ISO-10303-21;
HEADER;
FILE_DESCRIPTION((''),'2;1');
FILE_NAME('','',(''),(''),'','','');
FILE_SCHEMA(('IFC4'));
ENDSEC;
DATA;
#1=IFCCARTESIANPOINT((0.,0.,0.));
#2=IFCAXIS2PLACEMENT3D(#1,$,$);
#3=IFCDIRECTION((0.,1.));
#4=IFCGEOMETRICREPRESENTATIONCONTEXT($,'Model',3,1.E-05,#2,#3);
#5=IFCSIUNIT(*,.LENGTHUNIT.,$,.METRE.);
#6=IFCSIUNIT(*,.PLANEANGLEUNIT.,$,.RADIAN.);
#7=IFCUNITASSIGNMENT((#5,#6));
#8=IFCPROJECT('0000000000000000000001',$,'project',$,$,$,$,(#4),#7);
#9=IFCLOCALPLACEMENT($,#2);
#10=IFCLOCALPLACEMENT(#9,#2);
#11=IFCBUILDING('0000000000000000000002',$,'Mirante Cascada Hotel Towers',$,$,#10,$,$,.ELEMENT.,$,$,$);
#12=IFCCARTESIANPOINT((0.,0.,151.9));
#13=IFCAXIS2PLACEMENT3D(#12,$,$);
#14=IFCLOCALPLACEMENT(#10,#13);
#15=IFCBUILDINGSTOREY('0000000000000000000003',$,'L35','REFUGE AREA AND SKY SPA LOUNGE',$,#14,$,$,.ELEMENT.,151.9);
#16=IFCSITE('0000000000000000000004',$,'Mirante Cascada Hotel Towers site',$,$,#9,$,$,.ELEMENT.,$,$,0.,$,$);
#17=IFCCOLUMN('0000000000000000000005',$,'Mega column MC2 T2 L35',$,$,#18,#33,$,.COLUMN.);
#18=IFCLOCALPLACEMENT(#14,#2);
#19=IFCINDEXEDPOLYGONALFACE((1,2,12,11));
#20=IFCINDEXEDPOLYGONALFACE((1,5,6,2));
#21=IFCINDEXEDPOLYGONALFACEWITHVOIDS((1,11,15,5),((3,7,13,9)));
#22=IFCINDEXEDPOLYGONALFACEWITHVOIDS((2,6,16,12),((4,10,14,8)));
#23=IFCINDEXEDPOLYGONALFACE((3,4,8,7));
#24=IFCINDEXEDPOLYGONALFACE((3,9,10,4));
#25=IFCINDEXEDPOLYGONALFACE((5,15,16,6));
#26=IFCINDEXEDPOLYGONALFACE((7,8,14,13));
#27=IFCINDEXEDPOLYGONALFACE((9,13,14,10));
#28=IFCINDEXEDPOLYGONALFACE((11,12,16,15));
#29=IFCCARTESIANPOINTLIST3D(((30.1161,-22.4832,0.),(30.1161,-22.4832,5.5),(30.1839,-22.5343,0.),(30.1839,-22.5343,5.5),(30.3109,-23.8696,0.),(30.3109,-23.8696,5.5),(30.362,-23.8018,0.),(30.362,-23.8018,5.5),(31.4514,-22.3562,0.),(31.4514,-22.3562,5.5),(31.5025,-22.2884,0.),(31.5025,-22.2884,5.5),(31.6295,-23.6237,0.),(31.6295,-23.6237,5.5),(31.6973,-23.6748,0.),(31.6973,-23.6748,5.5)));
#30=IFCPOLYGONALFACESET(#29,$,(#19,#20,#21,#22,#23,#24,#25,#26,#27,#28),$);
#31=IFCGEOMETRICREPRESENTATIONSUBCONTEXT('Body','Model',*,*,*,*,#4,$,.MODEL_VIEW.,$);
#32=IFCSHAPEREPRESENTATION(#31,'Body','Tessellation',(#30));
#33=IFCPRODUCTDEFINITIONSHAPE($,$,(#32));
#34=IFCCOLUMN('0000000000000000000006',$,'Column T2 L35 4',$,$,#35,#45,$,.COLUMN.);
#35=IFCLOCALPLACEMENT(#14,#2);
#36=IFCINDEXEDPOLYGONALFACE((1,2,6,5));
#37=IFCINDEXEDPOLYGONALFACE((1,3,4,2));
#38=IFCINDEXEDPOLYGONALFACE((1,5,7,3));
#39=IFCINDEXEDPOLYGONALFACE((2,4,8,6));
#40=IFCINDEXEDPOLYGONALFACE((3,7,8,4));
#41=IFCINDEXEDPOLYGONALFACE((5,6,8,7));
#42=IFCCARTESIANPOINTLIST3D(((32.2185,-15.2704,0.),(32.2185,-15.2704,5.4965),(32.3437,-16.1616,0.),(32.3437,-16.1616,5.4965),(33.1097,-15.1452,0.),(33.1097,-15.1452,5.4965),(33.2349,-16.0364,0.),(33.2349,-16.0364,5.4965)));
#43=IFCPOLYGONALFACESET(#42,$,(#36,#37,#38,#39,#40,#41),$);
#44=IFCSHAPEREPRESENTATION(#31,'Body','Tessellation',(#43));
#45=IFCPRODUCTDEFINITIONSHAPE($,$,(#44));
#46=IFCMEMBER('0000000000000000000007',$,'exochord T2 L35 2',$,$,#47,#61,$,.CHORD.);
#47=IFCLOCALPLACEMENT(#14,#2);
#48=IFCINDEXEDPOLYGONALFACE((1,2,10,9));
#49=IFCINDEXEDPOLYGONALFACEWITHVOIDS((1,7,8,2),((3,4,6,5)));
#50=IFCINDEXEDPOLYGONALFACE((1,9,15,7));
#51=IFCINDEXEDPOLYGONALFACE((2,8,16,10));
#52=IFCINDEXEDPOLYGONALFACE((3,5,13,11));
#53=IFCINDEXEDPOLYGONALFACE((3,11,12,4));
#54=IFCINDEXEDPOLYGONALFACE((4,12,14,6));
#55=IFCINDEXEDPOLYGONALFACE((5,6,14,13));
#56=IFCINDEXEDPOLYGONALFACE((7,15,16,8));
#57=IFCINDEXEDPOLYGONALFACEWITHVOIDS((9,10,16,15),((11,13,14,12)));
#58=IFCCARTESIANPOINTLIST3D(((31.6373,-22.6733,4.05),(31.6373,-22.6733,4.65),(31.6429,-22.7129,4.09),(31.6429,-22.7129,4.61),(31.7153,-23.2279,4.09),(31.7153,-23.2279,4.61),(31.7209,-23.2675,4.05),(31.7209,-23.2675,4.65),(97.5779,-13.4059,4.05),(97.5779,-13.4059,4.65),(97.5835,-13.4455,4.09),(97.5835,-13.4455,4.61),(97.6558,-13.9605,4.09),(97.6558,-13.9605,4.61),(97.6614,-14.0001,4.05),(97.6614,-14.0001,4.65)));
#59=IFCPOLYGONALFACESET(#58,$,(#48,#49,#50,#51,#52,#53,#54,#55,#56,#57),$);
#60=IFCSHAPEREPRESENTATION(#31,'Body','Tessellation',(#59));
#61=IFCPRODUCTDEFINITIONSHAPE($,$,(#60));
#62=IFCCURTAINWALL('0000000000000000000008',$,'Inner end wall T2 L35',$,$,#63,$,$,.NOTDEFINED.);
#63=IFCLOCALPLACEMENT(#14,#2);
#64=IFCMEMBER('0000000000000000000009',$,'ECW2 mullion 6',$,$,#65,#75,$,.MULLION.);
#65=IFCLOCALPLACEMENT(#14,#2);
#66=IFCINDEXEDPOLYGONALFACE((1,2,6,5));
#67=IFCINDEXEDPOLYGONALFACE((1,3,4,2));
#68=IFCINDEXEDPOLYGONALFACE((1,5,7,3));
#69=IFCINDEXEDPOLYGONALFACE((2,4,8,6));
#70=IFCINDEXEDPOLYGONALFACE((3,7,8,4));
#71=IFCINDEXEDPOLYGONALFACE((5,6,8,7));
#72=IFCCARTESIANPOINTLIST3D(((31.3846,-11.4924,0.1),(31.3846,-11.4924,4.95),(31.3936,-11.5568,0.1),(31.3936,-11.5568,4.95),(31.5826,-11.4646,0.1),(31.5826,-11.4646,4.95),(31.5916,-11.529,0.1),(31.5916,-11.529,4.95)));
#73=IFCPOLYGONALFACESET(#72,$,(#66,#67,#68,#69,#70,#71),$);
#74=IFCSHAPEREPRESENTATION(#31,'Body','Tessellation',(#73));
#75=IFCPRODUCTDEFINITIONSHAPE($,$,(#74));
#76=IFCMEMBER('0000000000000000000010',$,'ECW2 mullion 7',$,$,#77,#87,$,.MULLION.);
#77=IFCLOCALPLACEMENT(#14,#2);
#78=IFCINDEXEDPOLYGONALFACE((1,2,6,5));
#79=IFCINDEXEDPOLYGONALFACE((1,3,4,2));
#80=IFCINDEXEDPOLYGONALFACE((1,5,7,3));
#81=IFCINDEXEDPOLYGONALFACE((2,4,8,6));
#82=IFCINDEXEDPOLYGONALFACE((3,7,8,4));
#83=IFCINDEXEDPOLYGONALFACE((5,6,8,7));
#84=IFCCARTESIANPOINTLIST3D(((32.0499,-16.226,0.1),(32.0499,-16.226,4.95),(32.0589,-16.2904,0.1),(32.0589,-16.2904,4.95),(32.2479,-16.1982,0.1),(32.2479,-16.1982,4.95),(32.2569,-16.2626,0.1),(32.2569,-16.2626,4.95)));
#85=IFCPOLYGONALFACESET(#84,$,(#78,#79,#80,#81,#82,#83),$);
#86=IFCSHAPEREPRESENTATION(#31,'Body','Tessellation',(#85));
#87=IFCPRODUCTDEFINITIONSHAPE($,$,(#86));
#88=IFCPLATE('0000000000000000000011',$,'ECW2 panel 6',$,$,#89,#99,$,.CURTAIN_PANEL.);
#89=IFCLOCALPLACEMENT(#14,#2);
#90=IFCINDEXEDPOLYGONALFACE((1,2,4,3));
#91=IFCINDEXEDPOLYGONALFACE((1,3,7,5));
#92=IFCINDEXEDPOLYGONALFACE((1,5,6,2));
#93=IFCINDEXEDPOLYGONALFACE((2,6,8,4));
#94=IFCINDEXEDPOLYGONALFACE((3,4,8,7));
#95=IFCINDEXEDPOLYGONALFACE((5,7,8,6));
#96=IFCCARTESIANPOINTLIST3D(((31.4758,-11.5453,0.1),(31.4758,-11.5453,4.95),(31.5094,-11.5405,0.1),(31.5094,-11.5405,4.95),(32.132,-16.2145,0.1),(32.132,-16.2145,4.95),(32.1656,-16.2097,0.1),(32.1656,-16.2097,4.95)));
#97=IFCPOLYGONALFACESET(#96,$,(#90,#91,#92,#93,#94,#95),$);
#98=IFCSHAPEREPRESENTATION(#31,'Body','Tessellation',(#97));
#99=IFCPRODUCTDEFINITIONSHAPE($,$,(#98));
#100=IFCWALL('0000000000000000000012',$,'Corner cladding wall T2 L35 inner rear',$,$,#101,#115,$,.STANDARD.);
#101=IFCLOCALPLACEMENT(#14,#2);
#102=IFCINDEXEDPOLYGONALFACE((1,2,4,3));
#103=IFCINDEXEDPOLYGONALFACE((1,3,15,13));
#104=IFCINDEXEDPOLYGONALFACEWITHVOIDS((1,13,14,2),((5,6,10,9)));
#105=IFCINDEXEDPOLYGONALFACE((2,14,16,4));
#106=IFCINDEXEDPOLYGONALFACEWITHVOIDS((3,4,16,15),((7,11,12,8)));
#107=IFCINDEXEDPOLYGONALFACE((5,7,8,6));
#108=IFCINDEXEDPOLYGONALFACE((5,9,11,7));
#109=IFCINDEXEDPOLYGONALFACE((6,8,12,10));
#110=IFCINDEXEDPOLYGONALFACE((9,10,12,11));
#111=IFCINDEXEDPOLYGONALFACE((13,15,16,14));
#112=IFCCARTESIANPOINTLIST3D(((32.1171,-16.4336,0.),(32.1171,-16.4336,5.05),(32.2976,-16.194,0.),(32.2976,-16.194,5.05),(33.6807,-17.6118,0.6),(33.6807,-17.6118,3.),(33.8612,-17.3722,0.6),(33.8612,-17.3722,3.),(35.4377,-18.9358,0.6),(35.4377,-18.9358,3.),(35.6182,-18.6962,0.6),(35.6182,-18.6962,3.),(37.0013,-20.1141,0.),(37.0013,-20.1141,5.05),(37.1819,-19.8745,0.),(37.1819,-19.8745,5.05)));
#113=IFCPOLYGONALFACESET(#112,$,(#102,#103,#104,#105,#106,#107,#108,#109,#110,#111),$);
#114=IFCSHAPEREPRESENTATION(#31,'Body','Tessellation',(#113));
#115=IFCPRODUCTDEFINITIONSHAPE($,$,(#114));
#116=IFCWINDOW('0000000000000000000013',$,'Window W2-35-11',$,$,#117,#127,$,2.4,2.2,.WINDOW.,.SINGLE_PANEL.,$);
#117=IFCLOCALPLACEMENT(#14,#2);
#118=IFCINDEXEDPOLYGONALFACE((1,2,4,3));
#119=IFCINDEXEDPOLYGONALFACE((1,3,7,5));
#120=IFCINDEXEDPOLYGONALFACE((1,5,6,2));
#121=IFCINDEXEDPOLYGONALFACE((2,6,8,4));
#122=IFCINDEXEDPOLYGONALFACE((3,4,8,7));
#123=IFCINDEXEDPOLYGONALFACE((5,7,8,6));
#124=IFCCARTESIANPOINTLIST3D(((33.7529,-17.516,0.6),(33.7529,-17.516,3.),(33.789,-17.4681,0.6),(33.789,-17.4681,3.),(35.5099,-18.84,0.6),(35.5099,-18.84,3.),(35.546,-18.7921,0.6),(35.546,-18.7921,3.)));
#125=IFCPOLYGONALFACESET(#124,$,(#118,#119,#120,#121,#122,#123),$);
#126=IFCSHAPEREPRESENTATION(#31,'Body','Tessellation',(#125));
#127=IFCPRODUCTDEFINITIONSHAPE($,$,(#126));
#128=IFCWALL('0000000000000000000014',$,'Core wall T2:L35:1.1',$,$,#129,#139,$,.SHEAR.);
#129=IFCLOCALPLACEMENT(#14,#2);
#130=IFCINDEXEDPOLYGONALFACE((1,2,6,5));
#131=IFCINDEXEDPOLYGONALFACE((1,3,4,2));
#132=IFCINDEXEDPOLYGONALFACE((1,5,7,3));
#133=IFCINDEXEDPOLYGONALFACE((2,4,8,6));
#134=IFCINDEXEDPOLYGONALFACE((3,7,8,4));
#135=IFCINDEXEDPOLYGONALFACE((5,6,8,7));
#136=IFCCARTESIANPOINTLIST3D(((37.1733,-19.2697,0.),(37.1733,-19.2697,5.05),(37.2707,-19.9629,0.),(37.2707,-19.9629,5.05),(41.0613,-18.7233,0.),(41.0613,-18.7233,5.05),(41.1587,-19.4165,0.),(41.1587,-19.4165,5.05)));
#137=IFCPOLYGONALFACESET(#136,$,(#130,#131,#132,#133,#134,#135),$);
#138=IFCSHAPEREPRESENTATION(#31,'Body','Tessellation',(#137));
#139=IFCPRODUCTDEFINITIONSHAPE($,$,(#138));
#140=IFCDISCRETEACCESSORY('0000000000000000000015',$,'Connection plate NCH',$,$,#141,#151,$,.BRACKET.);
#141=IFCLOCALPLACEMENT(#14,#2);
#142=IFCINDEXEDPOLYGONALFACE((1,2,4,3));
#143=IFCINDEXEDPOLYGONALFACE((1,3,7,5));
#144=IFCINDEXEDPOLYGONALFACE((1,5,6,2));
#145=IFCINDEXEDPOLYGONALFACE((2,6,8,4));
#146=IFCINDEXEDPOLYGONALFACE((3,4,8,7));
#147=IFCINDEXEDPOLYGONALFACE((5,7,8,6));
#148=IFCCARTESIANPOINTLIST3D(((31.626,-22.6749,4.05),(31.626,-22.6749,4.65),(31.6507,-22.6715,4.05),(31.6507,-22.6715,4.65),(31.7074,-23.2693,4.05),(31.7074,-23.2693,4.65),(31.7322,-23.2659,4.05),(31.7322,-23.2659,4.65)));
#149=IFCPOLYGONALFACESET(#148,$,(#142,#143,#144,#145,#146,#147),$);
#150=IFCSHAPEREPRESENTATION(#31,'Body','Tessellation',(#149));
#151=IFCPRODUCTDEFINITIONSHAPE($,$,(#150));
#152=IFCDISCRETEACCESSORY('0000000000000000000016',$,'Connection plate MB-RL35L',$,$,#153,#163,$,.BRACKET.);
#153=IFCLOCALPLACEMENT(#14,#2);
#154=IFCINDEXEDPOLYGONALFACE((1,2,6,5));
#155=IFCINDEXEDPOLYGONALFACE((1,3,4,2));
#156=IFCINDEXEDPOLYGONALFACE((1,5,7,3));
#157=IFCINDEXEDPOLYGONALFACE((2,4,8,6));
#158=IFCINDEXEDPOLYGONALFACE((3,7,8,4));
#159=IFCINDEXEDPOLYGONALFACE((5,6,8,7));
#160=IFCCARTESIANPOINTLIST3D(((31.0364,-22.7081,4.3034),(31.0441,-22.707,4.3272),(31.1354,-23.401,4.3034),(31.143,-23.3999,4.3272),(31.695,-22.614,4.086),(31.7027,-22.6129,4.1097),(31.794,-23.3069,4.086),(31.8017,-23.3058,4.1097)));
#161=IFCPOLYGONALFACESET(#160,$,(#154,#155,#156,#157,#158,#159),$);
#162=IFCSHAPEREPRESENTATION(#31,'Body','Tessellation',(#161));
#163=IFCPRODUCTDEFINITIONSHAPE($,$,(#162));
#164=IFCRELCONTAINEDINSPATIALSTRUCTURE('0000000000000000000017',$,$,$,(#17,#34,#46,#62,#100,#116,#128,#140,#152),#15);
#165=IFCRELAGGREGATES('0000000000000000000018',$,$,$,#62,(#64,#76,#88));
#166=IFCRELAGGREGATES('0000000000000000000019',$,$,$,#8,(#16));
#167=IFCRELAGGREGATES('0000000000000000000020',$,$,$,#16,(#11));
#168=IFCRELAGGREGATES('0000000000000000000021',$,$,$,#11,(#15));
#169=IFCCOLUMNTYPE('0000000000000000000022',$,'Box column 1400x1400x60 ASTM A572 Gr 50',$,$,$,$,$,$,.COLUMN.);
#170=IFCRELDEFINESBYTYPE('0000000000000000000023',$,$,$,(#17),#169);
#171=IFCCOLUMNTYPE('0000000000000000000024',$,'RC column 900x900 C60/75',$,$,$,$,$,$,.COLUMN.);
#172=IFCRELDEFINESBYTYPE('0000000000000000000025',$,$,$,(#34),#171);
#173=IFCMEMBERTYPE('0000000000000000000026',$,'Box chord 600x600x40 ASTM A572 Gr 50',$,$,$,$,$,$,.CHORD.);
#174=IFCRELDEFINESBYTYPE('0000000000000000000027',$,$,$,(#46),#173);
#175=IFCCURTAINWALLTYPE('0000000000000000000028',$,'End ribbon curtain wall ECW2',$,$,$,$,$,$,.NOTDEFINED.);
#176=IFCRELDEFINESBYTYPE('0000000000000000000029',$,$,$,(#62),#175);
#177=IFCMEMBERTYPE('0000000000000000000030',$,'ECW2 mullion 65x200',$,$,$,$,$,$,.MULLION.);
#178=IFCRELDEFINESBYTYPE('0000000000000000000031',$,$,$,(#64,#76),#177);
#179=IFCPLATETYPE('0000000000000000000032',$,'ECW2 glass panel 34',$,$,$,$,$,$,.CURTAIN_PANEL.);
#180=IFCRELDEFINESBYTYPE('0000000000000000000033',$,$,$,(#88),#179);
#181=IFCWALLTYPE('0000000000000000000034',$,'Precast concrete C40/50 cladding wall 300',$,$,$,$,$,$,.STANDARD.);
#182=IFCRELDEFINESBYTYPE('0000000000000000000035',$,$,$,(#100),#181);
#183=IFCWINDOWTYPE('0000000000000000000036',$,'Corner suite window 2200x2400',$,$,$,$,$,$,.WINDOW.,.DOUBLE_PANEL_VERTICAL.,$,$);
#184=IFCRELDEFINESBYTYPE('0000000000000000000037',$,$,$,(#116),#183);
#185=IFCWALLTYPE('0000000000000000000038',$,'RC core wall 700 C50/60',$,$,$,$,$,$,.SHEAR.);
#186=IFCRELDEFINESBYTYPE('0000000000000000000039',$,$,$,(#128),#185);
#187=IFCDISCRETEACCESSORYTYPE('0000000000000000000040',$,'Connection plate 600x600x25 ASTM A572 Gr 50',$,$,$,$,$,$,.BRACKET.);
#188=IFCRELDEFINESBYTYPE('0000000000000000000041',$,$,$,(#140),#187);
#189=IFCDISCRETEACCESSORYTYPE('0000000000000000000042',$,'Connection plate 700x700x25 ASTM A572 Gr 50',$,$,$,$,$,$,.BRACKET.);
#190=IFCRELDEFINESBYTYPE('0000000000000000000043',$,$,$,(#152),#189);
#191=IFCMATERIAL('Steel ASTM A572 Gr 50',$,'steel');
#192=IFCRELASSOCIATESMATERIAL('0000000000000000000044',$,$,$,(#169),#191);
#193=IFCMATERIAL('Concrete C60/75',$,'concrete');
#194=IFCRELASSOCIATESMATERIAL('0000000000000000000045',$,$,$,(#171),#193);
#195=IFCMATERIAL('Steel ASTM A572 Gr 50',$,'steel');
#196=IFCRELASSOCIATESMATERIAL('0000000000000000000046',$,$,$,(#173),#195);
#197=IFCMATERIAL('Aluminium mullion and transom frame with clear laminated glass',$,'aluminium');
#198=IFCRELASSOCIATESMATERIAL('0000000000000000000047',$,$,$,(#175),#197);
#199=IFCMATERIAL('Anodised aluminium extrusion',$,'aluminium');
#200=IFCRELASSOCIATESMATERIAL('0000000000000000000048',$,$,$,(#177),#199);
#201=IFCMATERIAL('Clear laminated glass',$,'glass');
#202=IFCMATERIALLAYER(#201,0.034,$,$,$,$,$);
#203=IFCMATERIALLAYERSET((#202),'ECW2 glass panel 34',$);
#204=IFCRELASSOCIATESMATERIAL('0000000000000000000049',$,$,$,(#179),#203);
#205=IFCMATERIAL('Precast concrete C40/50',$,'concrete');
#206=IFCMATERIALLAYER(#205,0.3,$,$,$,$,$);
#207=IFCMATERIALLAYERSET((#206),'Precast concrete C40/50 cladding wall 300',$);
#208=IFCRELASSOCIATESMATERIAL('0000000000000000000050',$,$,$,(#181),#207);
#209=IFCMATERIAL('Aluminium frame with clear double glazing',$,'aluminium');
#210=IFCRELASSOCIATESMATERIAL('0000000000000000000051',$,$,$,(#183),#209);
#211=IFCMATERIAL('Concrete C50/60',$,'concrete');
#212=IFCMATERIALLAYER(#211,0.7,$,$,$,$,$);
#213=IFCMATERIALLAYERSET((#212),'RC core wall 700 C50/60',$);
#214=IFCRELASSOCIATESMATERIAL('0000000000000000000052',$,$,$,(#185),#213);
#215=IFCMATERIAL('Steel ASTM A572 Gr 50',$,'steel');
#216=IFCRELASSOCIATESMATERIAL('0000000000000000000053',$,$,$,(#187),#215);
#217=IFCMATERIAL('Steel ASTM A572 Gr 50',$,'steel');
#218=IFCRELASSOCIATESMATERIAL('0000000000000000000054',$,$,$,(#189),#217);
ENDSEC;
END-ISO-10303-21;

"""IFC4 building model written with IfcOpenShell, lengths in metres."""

from ifc_helpers import new_model, si_unit, direction, frame, frame_2d, origin, origin_2d, place, context, subcontext, project, spatial, rectangle, hollow_rectangle, extrude, material, layer, layer_set, material_profile, profile_set, type_object, element, fill, aggregate, save


model = new_model("IFC4")

# Units and contexts
model_context = context("Model", 3, precision=1e-05, world=origin(), true_north=direction((0.0, 1.0)))
body_context = subcontext(model_context, "Body", "Model", "MODEL_VIEW")
ifc_project = project(units=[si_unit("LENGTHUNIT", "METRE"), si_unit("PLANEANGLEUNIT", "RADIAN")], contexts=[model_context])

# Site, building, storey
site_placement = place(None, origin())
site = spatial("IfcSite", under=ifc_project, at=site_placement, Name="Mirante Cascada Hotel Towers site", CompositionType="ELEMENT", RefElevation=0.0)
building_placement = place(site_placement, origin())
building = spatial("IfcBuilding", under=site, at=building_placement, Name="Mirante Cascada Hotel Towers", CompositionType="ELEMENT")
storey_placement = place(building_placement, frame((0.0, 0.0, 151.9)))
storey = spatial("IfcBuildingStorey", under=building, at=storey_placement, Name="L35", Description="REFUGE AREA AND SKY SPA LOUNGE", CompositionType="ELEMENT", Elevation=151.9)

# Columns
ifc_material_1 = material(Name="Steel ASTM A572 Gr 50", Category="steel")
ifc_material_profile_1 = material_profile(ifc_material_1, hollow_rectangle(XDim=1.4, YDim=1.4, WallThickness=0.06, at=origin_2d()), Name="Box column 1400x1400x60 ASTM A572 Gr 50")
ifc_profile_set_1 = profile_set([ifc_material_profile_1], Name="Steel ASTM A572 Gr 50")
column_type_1 = type_object("IfcColumnType", Name="Box column 1400x1400x60 ASTM A572 Gr 50", PredefinedType="COLUMN", material=ifc_profile_set_1)
column_1_placement = place(storey_placement, frame((30.9067, -23.079, 0.0), z_axis=(0.0, 0.0, 1.0), x_axis=(0.990268, 0.139173, 0.0)))
element("IfcColumn", 1, at=column_1_placement, inside=storey, type_object=column_type_1, Name="Mega column MC2 T2 L35", PredefinedType="COLUMN", context=body_context, shape_type="SweptSolid", body=[
    extrude(hollow_rectangle(XDim=1.4, YDim=1.4, WallThickness=0.06, at=origin_2d()), origin(), (0.0, 0.0, 1.0), 5.5),
])
ifc_material_2 = material(Name="Concrete C60/75", Category="concrete")
ifc_material_profile_2 = material_profile(ifc_material_2, rectangle(XDim=0.9, YDim=0.9, at=origin_2d()), Name="RC column 900x900 C60/75")
ifc_profile_set_2 = profile_set([ifc_material_profile_2], Name="Concrete C60/75")
column_type_2 = type_object("IfcColumnType", Name="RC column 900x900 C60/75", PredefinedType="COLUMN", material=ifc_profile_set_2)
column_2_placement = place(storey_placement, frame((32.7267, -15.6534, 0.0), z_axis=(0.0, 0.0, 1.0), x_axis=(0.990268, 0.139173, 0.0)))
element("IfcColumn", 2, at=column_2_placement, inside=storey, type_object=column_type_2, Name="Column T2 L35 4", PredefinedType="COLUMN", context=body_context, shape_type="SweptSolid", body=[
    extrude(rectangle(XDim=0.9, YDim=0.9, at=origin_2d()), origin(), (0.0, 0.0, 1.0), 5.4965),
])

# Member
ifc_material_3 = material(Name="Steel ASTM A572 Gr 50", Category="steel")
ifc_material_profile_3 = material_profile(ifc_material_3, hollow_rectangle(XDim=0.6, YDim=0.6, WallThickness=0.04, at=origin_2d()), Name="Box chord 600x600x40 ASTM A572 Gr 50")
ifc_profile_set_3 = profile_set([ifc_material_profile_3], Name="Steel ASTM A572 Gr 50")
member_type_1 = type_object("IfcMemberType", Name="Box chord 600x600x40 ASTM A572 Gr 50", PredefinedType="CHORD", material=ifc_profile_set_3)
member_1_placement = place(storey_placement, frame((31.6791, -22.9704, 4.35), z_axis=(0.990268, 0.139174, 0.0), x_axis=(-0.139174, 0.990268, 0.0)))
element("IfcMember", 3, at=member_1_placement, inside=storey, type_object=member_type_1, Name="exochord T2 L35 2", PredefinedType="CHORD", context=body_context, shape_type="SweptSolid", body=[
    extrude(hollow_rectangle(XDim=0.6, YDim=0.6, WallThickness=0.04, at=origin_2d()), origin(), (0.0, 0.0, 1.0), 66.5886),
])

# Curtain wall, members, plate
ifc_material_4 = material(Name="Aluminium mullion and transom frame with clear laminated glass", Category="aluminium")
curtain_wall_type = type_object("IfcCurtainWallType", Name="End ribbon curtain wall ECW2", PredefinedType="NOTDEFINED", material=ifc_material_4)
curtain_wall_placement = place(storey_placement, origin())
curtain_wall = element("IfcCurtainWall", 4, at=curtain_wall_placement, inside=storey, type_object=curtain_wall_type, Name="Inner end wall T2 L35", PredefinedType="NOTDEFINED")
ifc_material_5 = material(Name="Anodised aluminium extrusion", Category="aluminium")
ifc_material_profile_4 = material_profile(ifc_material_5, rectangle(XDim=0.2, YDim=0.065, at=origin_2d()), Name="ECW2 MULLION 65x200")
ifc_profile_set_4 = profile_set([ifc_material_profile_4], Name="Anodised aluminium extrusion")
member_type_2 = type_object("IfcMemberType", Name="ECW2 mullion 65x200", PredefinedType="MULLION", material=ifc_profile_set_4)
member_2_placement = place(storey_placement, frame((31.4881, -11.5107, 0.1), z_axis=(0.0, 0.0, 1.0), x_axis=(0.990268, 0.139173, 0.0)))
member_2 = element("IfcMember", 5, at=member_2_placement, type_object=member_type_2, Name="ECW2 mullion 6", PredefinedType="MULLION", context=body_context, shape_type="SweptSolid", body=[
    extrude(rectangle(XDim=0.2, YDim=0.065, at=origin_2d()), origin(), (0.0, 0.0, 1.0), 4.85),
])
member_3_placement = place(storey_placement, frame((32.1534, -16.2443, 0.1), z_axis=(0.0, 0.0, 1.0), x_axis=(0.990268, 0.139173, 0.0)))
member_3 = element("IfcMember", 6, at=member_3_placement, type_object=member_type_2, Name="ECW2 mullion 7", PredefinedType="MULLION", context=body_context, shape_type="SweptSolid", body=[
    extrude(rectangle(XDim=0.2, YDim=0.065, at=origin_2d()), origin(), (0.0, 0.0, 1.0), 4.85),
])
ifc_material_6 = material(Name="Clear laminated glass", Category="glass")
ifc_layer_1 = layer(ifc_material_6, 0.034)
ifc_layer_set_1 = layer_set([ifc_layer_1], Name="ECW2 glass panel 34")
plate_type = type_object("IfcPlateType", Name="ECW2 glass panel 34", PredefinedType="CURTAIN_PANEL", material=ifc_layer_set_1)
plate_placement = place(storey_placement, frame((31.8207, -13.8775, 0.1), z_axis=(0.0, 0.0, 1.0), x_axis=(0.139173, -0.990268, 0.0)))
plate = element("IfcPlate", 7, at=plate_placement, type_object=plate_type, Name="ECW2 panel 6", PredefinedType="CURTAIN_PANEL", context=body_context, shape_type="SweptSolid", body=[
    extrude(rectangle(XDim=4.7151, YDim=0.034, at=origin_2d()), origin(), (0.0, 0.0, 1.0), 4.85),
])
aggregate(curtain_wall, [member_2, member_3, plate])

# Wall, opening, window
ifc_material_7 = material(Name="Precast concrete C40/50", Category="concrete")
ifc_layer_2 = layer(ifc_material_7, 0.3)
ifc_layer_set_2 = layer_set([ifc_layer_2], Name="Precast concrete C40/50 cladding wall 300")
wall_type_1 = type_object("IfcWallType", Name="Precast concrete C40/50 cladding wall 300", PredefinedType="STANDARD", material=ifc_layer_set_2)
wall_1_placement = place(storey_placement, frame((32.2074, -16.3138, 0.0), z_axis=(0.0, 0.0, 1.0), x_axis=(0.798636, -0.601814, 0.0)))
wall_1 = element("IfcWall", 8, at=wall_1_placement, inside=storey, type_object=wall_type_1, Name="Corner cladding wall T2 L35 inner rear", PredefinedType="STANDARD", context=body_context, shape_type="SweptSolid", body=[
    extrude(rectangle(XDim=6.1157, YDim=0.3, at=frame_2d((3.0578, 0.0))), origin(), (0.0, 0.0, 1.0), 5.05),
])
opening_placement = place(wall_1_placement, frame((1.9578, 0.0, 0.6)))
opening = element("IfcOpeningElement", 9, at=opening_placement, cuts=wall_1, PredefinedType="OPENING", context=body_context, shape_type="SweptSolid", body=[
    extrude(rectangle(XDim=2.2, YDim=2.4, at=frame_2d((1.1, 1.2))), frame((0.0, 0.15, 0.0), z_axis=(0.0, -1.0, 0.0), x_axis=(1.0, 0.0, 0.0)), (0.0, 0.0, 1.0), 0.3),
])
ifc_material_8 = material(Name="Aluminium frame with clear double glazing", Category="aluminium")
window_type = type_object("IfcWindowType", Name="Corner suite window 2200x2400", PartitioningType="DOUBLE_PANEL_VERTICAL", PredefinedType="WINDOW", material=ifc_material_8)
window_placement = place(opening_placement, origin())
window = element("IfcWindow", 10, at=window_placement, inside=storey, type_object=window_type, Name="Window W2-35-11", OverallHeight=2.4, OverallWidth=2.2, PartitioningType="SINGLE_PANEL", PredefinedType="WINDOW", context=body_context, shape_type="SweptSolid", body=[
    extrude(rectangle(XDim=2.2, YDim=2.4, at=frame_2d((1.1, 1.2))), frame((0.0, 0.03, 0.0), z_axis=(0.0, -1.0, 0.0), x_axis=(1.0, 0.0, 0.0)), (0.0, 0.0, 1.0), 0.06),
])
fill(opening, window)

# Wall
ifc_material_9 = material(Name="Concrete C50/60", Category="concrete")
ifc_layer_3 = layer(ifc_material_9, 0.7)
ifc_layer_set_3 = layer_set([ifc_layer_3], Name="RC core wall 700 C50/60")
wall_type_2 = type_object("IfcWallType", Name="RC core wall 700 C50/60", PredefinedType="SHEAR", material=ifc_layer_set_3)
wall_2_placement = place(storey_placement, frame((37.222, -19.6163, 0.0), z_axis=(0.0, 0.0, 1.0), x_axis=(0.990269, 0.139167, 0.0)))
element("IfcWall", 11, at=wall_2_placement, inside=storey, type_object=wall_type_2, Name="Core wall T2:L35:1.1", PredefinedType="SHEAR", context=body_context, shape_type="SweptSolid", body=[
    extrude(rectangle(XDim=3.9262, YDim=0.7, at=frame_2d((1.9631, 0.0))), origin(), (0.0, 0.0, 1.0), 5.05),
])

# Discrete accessories
ifc_material_10 = material(Name="Steel ASTM A572 Gr 50", Category="steel")
ifc_material_profile_5 = material_profile(ifc_material_10, rectangle(XDim=0.6, YDim=0.6, at=origin_2d()), Name="Connection plate 600x600x25 ASTM A572 Gr 50")
ifc_profile_set_5 = profile_set([ifc_material_profile_5], Name="Steel ASTM A572 Gr 50")
discrete_accessory_type_1 = type_object("IfcDiscreteAccessoryType", Name="Connection plate 600x600x25 ASTM A572 Gr 50", PredefinedType="BRACKET", material=ifc_profile_set_5)
discrete_accessory_1_placement = place(storey_placement, frame((31.6667, -22.9721, 4.35), z_axis=(0.990733, 0.135826, 0.0), x_axis=(-0.135826, 0.990733, 0.0)))
element("IfcDiscreteAccessory", 12, at=discrete_accessory_1_placement, inside=storey, type_object=discrete_accessory_type_1, Name="Connection plate NCH", PredefinedType="BRACKET", context=body_context, shape_type="SweptSolid", body=[
    extrude(rectangle(XDim=0.6, YDim=0.6, at=origin_2d()), origin(), (0.0, 0.0, 1.0), 0.025),
])
ifc_material_11 = material(Name="Steel ASTM A572 Gr 50", Category="steel")
ifc_material_profile_6 = material_profile(ifc_material_11, rectangle(XDim=0.7, YDim=0.7, at=origin_2d()), Name="Connection plate 700x700x25 ASTM A572 Gr 50")
ifc_profile_set_6 = profile_set([ifc_material_profile_6], Name="Steel ASTM A572 Gr 50")
discrete_accessory_type_2 = type_object("IfcDiscreteAccessoryType", Name="Connection plate 700x700x25 ASTM A572 Gr 50", PredefinedType="BRACKET", material=ifc_profile_set_6)
discrete_accessory_2_placement = place(storey_placement, frame((31.4152, -23.0075, 4.1947), z_axis=(0.307523, 0.043932, 0.950526), x_axis=(-0.141421, 0.98995, 0.0)))
element("IfcDiscreteAccessory", 13, at=discrete_accessory_2_placement, inside=storey, type_object=discrete_accessory_type_2, Name="Connection plate MB-RL35L", PredefinedType="BRACKET", context=body_context, shape_type="SweptSolid", body=[
    extrude(rectangle(XDim=0.7, YDim=0.7, at=origin_2d()), origin(), (0.0, 0.0, 1.0), 0.025),
])

save(model, "model.ifc")
